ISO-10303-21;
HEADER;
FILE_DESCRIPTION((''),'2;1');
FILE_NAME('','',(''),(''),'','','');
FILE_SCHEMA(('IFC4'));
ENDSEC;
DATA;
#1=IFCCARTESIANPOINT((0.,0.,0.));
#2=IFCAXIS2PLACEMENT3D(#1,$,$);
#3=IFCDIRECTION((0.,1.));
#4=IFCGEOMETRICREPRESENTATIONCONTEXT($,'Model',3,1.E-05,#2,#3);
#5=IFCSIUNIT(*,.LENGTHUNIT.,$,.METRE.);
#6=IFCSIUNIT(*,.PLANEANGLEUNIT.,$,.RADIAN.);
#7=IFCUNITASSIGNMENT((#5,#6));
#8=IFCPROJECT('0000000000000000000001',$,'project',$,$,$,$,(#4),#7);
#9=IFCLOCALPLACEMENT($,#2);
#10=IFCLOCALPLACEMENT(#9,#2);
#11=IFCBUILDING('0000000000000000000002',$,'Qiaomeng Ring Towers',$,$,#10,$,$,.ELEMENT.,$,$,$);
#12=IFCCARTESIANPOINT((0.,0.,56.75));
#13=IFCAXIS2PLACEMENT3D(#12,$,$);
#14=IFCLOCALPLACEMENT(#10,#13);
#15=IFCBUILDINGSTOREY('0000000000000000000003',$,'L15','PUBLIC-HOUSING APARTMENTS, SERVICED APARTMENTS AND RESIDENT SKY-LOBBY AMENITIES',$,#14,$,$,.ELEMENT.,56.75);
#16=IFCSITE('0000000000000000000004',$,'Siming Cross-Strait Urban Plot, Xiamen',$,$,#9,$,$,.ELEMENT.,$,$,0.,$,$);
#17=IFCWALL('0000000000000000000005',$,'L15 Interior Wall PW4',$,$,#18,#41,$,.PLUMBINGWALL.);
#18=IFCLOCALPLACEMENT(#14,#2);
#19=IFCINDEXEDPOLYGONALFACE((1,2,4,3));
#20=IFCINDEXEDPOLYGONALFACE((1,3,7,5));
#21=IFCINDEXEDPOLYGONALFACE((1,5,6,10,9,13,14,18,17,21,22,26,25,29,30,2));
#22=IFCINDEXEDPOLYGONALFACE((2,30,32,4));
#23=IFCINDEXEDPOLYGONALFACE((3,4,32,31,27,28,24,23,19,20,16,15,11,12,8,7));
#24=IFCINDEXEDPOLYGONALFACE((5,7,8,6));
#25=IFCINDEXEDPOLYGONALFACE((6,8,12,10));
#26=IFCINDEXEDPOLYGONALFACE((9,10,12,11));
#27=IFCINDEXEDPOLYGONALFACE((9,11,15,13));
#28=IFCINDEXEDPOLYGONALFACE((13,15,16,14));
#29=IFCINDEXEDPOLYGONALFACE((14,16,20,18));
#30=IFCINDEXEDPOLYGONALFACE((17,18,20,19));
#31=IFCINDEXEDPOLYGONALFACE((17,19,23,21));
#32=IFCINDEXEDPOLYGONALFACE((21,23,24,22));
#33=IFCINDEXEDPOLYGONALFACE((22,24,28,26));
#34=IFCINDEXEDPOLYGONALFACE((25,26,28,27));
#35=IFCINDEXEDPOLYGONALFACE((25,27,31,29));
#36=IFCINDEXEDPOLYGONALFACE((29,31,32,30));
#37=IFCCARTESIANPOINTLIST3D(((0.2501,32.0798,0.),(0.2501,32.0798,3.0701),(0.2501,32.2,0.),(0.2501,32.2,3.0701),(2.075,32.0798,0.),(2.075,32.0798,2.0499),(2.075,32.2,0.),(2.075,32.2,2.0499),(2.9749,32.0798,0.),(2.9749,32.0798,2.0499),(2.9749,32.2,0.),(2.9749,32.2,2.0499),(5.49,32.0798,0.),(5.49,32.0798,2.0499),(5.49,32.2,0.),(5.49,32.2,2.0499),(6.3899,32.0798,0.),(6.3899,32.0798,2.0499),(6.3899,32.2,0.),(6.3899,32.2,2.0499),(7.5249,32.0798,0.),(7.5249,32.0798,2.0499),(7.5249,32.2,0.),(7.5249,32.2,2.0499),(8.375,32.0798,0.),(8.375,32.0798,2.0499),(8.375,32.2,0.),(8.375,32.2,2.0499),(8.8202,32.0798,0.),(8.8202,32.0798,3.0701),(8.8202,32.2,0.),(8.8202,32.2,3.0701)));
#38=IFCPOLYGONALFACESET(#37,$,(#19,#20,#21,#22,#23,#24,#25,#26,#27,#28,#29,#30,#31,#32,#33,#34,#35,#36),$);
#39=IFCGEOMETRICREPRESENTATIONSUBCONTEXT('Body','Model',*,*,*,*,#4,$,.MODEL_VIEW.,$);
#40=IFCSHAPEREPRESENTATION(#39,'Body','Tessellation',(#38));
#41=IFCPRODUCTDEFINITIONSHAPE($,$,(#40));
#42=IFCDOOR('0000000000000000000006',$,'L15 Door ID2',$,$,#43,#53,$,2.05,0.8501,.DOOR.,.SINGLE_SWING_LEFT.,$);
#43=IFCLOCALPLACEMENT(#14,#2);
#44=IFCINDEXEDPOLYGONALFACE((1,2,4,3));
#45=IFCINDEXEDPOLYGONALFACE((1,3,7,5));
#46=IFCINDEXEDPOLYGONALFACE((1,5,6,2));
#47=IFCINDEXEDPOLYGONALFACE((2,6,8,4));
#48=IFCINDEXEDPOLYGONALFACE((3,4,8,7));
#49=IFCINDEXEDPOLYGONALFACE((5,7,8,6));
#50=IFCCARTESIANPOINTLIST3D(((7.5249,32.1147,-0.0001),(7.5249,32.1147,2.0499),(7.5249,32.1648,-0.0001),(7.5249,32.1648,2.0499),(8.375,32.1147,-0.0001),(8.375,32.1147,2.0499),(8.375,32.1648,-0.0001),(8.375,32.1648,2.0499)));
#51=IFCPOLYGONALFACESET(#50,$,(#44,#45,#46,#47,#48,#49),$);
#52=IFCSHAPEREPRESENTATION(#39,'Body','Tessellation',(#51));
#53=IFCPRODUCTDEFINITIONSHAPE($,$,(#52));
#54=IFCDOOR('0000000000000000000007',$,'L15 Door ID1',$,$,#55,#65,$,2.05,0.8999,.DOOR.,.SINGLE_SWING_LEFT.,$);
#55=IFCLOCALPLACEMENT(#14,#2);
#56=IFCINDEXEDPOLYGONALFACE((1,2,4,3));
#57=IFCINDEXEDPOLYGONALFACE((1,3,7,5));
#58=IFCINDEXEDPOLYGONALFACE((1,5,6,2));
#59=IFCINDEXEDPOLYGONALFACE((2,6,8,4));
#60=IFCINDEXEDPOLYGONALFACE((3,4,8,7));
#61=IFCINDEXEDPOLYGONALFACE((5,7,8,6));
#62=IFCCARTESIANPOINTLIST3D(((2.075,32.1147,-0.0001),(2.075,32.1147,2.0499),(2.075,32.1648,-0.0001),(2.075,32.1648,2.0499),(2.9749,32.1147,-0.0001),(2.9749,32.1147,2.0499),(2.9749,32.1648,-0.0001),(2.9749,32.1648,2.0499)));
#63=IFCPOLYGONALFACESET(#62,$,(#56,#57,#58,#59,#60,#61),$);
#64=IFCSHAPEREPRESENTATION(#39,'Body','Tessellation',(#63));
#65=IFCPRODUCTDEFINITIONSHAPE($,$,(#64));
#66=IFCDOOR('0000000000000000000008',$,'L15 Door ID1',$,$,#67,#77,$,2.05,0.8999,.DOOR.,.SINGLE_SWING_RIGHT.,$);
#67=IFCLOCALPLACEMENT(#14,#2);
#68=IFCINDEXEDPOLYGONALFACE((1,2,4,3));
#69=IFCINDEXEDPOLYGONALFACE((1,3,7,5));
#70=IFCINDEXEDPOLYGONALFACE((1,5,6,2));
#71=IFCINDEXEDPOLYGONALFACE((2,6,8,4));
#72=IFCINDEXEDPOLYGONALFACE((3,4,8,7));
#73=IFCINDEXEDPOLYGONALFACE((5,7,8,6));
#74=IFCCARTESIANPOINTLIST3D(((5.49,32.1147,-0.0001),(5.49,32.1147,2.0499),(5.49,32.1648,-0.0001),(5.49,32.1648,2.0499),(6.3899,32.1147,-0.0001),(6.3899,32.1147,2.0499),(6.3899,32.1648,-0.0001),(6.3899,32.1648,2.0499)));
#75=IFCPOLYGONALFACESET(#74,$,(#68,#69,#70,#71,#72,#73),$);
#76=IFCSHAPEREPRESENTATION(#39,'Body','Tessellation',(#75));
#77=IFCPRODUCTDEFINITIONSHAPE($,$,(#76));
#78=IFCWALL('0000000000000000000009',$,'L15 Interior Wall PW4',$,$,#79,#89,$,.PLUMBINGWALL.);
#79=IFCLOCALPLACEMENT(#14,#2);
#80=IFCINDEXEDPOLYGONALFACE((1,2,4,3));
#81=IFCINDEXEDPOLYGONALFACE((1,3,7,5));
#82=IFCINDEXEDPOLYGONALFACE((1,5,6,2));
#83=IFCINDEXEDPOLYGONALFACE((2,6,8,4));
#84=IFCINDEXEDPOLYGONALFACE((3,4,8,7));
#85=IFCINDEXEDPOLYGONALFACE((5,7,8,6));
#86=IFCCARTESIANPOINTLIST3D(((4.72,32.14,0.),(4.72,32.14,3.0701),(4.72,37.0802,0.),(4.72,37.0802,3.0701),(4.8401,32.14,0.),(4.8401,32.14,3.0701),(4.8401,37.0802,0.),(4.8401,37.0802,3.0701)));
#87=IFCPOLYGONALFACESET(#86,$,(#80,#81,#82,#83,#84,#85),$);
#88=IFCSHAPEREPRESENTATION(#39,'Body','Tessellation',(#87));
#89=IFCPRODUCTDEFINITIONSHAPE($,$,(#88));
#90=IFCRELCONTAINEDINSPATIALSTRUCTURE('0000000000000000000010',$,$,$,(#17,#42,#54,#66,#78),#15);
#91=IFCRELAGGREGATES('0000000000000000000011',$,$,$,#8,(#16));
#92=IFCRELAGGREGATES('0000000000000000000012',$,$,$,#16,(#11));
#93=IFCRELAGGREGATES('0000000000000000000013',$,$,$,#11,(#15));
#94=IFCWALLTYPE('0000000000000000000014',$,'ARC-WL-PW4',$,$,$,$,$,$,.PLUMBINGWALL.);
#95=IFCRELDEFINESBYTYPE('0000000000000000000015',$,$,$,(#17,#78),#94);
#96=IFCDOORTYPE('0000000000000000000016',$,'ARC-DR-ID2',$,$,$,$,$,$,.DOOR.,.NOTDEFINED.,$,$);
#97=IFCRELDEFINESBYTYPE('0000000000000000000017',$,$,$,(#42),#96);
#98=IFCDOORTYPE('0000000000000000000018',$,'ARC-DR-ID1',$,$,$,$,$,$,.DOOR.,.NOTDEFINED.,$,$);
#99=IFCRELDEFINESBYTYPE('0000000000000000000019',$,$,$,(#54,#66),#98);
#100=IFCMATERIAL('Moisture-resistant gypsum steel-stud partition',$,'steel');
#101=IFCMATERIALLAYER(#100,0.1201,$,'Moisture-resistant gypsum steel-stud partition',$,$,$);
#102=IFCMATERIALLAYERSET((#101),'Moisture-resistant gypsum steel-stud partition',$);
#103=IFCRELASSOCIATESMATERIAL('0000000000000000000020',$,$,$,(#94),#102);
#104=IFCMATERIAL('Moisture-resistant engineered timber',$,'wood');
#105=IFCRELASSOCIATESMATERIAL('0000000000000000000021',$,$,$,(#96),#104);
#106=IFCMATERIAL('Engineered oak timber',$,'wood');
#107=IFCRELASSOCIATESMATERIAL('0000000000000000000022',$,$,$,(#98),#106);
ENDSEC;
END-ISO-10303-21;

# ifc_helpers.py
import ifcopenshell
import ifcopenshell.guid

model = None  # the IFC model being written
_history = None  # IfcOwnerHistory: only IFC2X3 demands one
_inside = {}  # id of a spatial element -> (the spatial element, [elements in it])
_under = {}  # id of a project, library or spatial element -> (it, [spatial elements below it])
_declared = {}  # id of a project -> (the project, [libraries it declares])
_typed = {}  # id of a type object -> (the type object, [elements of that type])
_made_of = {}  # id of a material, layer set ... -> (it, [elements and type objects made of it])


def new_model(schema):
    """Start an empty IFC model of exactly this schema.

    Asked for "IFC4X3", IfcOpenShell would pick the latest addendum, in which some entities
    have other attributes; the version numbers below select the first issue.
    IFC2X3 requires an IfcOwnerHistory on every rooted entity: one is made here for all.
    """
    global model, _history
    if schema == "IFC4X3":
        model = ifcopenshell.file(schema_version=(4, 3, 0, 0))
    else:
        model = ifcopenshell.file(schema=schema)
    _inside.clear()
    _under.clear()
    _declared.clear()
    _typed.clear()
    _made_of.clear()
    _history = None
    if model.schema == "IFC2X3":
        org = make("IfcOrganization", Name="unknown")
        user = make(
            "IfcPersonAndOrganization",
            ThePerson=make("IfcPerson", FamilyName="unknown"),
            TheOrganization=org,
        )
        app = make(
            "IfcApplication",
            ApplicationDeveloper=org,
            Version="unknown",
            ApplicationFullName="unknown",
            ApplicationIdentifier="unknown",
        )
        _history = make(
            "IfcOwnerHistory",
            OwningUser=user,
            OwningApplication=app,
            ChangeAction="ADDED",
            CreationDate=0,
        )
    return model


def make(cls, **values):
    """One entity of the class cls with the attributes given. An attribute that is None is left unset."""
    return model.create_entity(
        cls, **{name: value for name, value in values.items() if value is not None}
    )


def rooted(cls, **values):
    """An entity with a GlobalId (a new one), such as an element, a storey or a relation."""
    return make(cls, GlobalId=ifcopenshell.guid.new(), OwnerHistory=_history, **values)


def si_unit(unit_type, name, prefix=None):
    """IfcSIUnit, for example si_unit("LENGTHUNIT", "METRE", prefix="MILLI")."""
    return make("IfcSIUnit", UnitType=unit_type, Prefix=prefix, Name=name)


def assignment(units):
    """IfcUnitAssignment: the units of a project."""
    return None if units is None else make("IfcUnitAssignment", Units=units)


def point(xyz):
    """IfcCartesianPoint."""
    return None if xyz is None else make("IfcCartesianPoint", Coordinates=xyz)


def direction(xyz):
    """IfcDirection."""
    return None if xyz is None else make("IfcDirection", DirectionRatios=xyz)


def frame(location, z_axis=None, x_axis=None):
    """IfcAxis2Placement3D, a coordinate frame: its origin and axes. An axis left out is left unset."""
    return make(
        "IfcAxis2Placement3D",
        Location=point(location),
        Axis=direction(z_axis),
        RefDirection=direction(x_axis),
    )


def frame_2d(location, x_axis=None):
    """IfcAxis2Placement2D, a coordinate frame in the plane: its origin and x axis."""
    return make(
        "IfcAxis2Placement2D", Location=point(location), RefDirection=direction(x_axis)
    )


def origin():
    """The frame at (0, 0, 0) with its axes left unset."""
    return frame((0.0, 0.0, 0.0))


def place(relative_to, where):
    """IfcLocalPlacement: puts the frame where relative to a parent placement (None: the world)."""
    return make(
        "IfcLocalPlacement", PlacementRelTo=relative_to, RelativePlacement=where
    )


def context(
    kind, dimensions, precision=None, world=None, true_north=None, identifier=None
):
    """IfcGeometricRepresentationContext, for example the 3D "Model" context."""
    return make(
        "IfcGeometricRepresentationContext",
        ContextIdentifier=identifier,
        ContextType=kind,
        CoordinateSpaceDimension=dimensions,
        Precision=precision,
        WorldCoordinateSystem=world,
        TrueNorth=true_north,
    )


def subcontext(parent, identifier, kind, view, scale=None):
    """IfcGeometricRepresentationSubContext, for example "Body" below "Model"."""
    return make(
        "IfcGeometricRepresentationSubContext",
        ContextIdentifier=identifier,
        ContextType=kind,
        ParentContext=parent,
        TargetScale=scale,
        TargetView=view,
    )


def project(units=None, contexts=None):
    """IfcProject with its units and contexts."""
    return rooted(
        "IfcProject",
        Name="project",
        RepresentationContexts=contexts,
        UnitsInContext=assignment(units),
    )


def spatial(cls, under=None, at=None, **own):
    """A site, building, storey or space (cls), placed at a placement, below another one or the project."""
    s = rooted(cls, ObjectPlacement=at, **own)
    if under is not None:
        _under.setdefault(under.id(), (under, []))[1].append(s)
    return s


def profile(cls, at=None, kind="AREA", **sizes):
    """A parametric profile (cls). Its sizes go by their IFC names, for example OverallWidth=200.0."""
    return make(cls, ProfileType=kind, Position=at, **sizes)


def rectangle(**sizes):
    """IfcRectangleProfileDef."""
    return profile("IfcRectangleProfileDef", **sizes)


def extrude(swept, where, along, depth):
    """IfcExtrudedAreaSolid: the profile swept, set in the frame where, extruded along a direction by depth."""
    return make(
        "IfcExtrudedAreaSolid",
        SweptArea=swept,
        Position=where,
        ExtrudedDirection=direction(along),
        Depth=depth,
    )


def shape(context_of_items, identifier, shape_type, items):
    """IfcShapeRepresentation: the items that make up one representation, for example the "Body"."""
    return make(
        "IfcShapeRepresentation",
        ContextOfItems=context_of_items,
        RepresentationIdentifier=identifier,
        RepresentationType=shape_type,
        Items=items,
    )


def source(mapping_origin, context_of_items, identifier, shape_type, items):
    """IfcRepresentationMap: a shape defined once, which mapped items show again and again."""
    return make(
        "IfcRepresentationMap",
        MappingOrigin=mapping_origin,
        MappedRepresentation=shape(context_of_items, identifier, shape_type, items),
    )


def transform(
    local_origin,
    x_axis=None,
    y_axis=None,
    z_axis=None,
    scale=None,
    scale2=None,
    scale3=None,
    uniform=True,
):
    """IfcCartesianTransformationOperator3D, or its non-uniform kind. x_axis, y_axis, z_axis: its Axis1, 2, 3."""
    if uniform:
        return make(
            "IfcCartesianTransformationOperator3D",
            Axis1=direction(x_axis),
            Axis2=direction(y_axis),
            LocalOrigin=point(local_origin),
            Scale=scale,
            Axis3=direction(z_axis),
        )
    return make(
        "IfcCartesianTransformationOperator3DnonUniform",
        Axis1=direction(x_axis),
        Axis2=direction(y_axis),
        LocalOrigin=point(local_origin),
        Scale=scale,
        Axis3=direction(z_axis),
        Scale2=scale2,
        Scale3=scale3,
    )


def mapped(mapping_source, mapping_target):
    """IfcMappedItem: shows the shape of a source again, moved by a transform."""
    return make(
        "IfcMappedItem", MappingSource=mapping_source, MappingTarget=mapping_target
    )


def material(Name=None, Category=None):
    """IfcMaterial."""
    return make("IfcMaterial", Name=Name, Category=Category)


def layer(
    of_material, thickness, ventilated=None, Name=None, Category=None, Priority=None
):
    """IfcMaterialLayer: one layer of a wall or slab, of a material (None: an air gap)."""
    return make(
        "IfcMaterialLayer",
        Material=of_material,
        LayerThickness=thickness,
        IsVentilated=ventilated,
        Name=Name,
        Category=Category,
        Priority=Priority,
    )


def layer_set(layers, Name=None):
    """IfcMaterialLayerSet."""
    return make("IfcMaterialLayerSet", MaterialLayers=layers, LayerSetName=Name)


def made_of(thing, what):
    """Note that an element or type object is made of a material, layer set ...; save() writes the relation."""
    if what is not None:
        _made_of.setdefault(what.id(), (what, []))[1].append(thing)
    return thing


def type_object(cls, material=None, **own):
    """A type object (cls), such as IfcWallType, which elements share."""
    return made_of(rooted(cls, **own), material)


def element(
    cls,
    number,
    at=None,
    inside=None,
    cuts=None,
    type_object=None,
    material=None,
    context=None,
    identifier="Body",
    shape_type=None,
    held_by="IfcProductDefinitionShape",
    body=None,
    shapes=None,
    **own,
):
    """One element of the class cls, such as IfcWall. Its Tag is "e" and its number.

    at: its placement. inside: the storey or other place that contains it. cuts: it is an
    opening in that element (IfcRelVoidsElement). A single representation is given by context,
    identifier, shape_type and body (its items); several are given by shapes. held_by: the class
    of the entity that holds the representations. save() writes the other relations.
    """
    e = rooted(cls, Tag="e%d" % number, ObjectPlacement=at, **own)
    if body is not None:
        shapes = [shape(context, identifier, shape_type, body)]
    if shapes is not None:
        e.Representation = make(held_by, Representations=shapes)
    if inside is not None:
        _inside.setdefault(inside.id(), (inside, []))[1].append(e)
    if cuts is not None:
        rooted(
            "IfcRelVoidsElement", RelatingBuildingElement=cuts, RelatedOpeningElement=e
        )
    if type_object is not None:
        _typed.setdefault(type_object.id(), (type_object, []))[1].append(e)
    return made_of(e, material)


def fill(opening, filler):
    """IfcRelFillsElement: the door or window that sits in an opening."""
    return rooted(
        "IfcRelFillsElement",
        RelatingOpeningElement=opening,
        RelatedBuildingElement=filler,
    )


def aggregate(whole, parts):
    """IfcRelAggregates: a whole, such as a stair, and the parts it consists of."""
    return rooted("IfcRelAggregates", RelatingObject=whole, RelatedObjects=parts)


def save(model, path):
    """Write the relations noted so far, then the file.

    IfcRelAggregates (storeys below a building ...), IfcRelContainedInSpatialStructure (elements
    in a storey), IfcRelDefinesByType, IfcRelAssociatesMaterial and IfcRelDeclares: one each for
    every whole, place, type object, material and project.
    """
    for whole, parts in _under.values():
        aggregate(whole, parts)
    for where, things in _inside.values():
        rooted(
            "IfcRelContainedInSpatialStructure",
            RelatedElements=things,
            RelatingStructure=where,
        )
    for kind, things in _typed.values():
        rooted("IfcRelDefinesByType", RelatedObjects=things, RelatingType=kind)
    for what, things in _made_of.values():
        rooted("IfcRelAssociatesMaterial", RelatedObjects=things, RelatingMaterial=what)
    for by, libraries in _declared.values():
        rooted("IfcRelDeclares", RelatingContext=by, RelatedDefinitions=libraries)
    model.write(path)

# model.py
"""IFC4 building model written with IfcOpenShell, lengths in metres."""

from ifc_helpers import new_model, si_unit, direction, frame, frame_2d, origin, place, context, subcontext, project, spatial, rectangle, extrude, source, transform, mapped, material, layer, layer_set, type_object, element, fill, save


model = new_model("IFC4")

# Units and contexts
model_context = context("Model", 3, precision=1e-05, world=origin(), true_north=direction((0.0, 1.0)))
body_context = subcontext(model_context, "Body", "Model", "MODEL_VIEW")
ifc_project = project(units=[si_unit("LENGTHUNIT", "METRE"), si_unit("PLANEANGLEUNIT", "RADIAN")], contexts=[model_context])

# Site, building, storey
site_placement = place(None, origin())
site = spatial("IfcSite", under=ifc_project, at=site_placement, Name="Siming Cross-Strait Urban Plot, Xiamen", CompositionType="ELEMENT", RefElevation=0.0)
building_placement = place(site_placement, origin())
building = spatial("IfcBuilding", under=site, at=building_placement, Name="Qiaomeng Ring Towers", CompositionType="ELEMENT")
storey_placement = place(building_placement, frame((0.0, 0.0, 56.75)))
storey = spatial("IfcBuildingStorey", under=building, at=storey_placement, Name="L15", Description="PUBLIC-HOUSING APARTMENTS, SERVICED APARTMENTS AND RESIDENT SKY-LOBBY AMENITIES", CompositionType="ELEMENT", Elevation=56.75)

# Wall, openings, doors
ifc_material_1 = material(Name="Moisture-resistant gypsum steel-stud partition", Category="steel")
ifc_layer_1 = layer(ifc_material_1, 0.1201, Name="Moisture-resistant gypsum steel-stud partition")
ifc_layer_set_1 = layer_set([ifc_layer_1], Name="Moisture-resistant gypsum steel-stud partition")
wall_type_1 = type_object("IfcWallType", Name="ARC-WL-PW4", PredefinedType="PLUMBINGWALL", material=ifc_layer_set_1)
wall_1_placement = place(storey_placement, frame((0.25, 32.1399, 0.0), z_axis=(0.0, 0.0, 1.0), x_axis=(1.0, 0.0, 0.0)))
wall_1 = element("IfcWall", 1, at=wall_1_placement, inside=storey, type_object=wall_type_1, Name="L15 Interior Wall PW4", PredefinedType="PLUMBINGWALL", context=body_context, shape_type="SweptSolid", body=[
    extrude(rectangle(XDim=8.5701, YDim=0.1201, at=frame_2d((4.2852, 0.0))), origin(), (0.0, 0.0, 1.0), 3.0701),
])
opening_1_placement = place(wall_1_placement, frame((1.825, 0.0, 0.0)))
opening_1 = element("IfcOpeningElement", 2, at=opening_1_placement, cuts=wall_1, PredefinedType="OPENING", context=body_context, shape_type="SweptSolid", body=[
    extrude(rectangle(XDim=0.8999, YDim=2.05, at=frame_2d((0.45, 1.0249))), frame((0.0, 0.0701, 0.0), z_axis=(0.0, -1.0, 0.0), x_axis=(1.0, 0.0, 0.0)), (0.0, 0.0, 1.0), 0.1401),
])
opening_2_placement = place(wall_1_placement, frame((5.24, 0.0, 0.0)))
opening_2 = element("IfcOpeningElement", 3, at=opening_2_placement, cuts=wall_1, PredefinedType="OPENING", context=body_context, shape_type="SweptSolid", body=[
    extrude(rectangle(XDim=0.8999, YDim=2.05, at=frame_2d((0.45, 1.0249))), frame((0.0, 0.0701, 0.0), z_axis=(0.0, -1.0, 0.0), x_axis=(1.0, 0.0, 0.0)), (0.0, 0.0, 1.0), 0.1401),
])
opening_3_placement = place(wall_1_placement, frame((7.2749, 0.0, 0.0)))
opening_3 = element("IfcOpeningElement", 4, at=opening_3_placement, cuts=wall_1, PredefinedType="OPENING", context=body_context, shape_type="SweptSolid", body=[
    extrude(rectangle(XDim=0.8501, YDim=2.05, at=frame_2d((0.425, 1.0249))), frame((0.0, 0.0701, 0.0), z_axis=(0.0, -1.0, 0.0), x_axis=(1.0, 0.0, 0.0)), (0.0, 0.0, 1.0), 0.1401),
])
ifc_material_2 = material(Name="Moisture-resistant engineered timber", Category="wood")
door_type_1 = type_object("IfcDoorType", Name="ARC-DR-ID2", OperationType="NOTDEFINED", PredefinedType="DOOR", material=ifc_material_2)
shared_shape_1 = source(origin(), body_context, "Body", "SweptSolid", [
    extrude(rectangle(XDim=0.8501, YDim=2.05, at=frame_2d((0.425, 1.0249))), frame((0.0, 0.0249, 0.0), z_axis=(0.0, -1.0, 0.0), x_axis=(1.0, 0.0, 0.0)), (0.0, 0.0, 1.0), 0.05),
])
door_1_placement = place(opening_3_placement, origin())
door_1 = element("IfcDoor", 5, at=door_1_placement, inside=storey, type_object=door_type_1, Name="L15 Door ID2", OperationType="SINGLE_SWING_LEFT", OverallHeight=2.05, OverallWidth=0.8501, PredefinedType="DOOR", context=body_context, shape_type="MappedRepresentation", body=[
    mapped(shared_shape_1, transform((0.0, 0.0, 0.0), x_axis=(1.0, 0.0, 0.0), y_axis=(0.0, 1.0, 0.0), z_axis=(0.0, 0.0, 1.0), scale=1.0)),
])
fill(opening_3, door_1)
ifc_material_3 = material(Name="Engineered oak timber", Category="wood")
door_type_2 = type_object("IfcDoorType", Name="ARC-DR-ID1", OperationType="NOTDEFINED", PredefinedType="DOOR", material=ifc_material_3)
shared_shape_2 = source(origin(), body_context, "Body", "SweptSolid", [
    extrude(rectangle(XDim=0.8999, YDim=2.05, at=frame_2d((0.45, 1.0249))), frame((0.0, 0.0249, 0.0), z_axis=(0.0, -1.0, 0.0), x_axis=(1.0, 0.0, 0.0)), (0.0, 0.0, 1.0), 0.05),
])
door_2_placement = place(opening_1_placement, origin())
door_2 = element("IfcDoor", 6, at=door_2_placement, inside=storey, type_object=door_type_2, Name="L15 Door ID1", OperationType="SINGLE_SWING_LEFT", OverallHeight=2.05, OverallWidth=0.8999, PredefinedType="DOOR", context=body_context, shape_type="MappedRepresentation", body=[
    mapped(shared_shape_2, transform((0.0, 0.0, 0.0), x_axis=(1.0, 0.0, 0.0), y_axis=(0.0, 1.0, 0.0), z_axis=(0.0, 0.0, 1.0), scale=1.0)),
])
fill(opening_1, door_2)
door_3_placement = place(opening_2_placement, origin())
door_3 = element("IfcDoor", 7, at=door_3_placement, inside=storey, type_object=door_type_2, Name="L15 Door ID1", OperationType="SINGLE_SWING_RIGHT", OverallHeight=2.05, OverallWidth=0.8999, PredefinedType="DOOR", context=body_context, shape_type="MappedRepresentation", body=[
    mapped(shared_shape_2, transform((0.0, 0.0, 0.0), x_axis=(1.0, 0.0, 0.0), y_axis=(0.0, 1.0, 0.0), z_axis=(0.0, 0.0, 1.0), scale=1.0)),
])
fill(opening_2, door_3)

# Wall
wall_2_placement = place(storey_placement, frame((4.78, 32.1399, 0.0), z_axis=(0.0, 0.0, 1.0), x_axis=(0.0, 1.0, 0.0)))
element("IfcWall", 8, at=wall_2_placement, inside=storey, type_object=wall_type_1, Name="L15 Interior Wall PW4", PredefinedType="PLUMBINGWALL", context=body_context, shape_type="SweptSolid", body=[
    extrude(rectangle(XDim=4.9402, YDim=0.1201, at=frame_2d((2.4702, 0.0))), origin(), (0.0, 0.0, 1.0), 3.0701),
])

save(model, "model.ifc")
